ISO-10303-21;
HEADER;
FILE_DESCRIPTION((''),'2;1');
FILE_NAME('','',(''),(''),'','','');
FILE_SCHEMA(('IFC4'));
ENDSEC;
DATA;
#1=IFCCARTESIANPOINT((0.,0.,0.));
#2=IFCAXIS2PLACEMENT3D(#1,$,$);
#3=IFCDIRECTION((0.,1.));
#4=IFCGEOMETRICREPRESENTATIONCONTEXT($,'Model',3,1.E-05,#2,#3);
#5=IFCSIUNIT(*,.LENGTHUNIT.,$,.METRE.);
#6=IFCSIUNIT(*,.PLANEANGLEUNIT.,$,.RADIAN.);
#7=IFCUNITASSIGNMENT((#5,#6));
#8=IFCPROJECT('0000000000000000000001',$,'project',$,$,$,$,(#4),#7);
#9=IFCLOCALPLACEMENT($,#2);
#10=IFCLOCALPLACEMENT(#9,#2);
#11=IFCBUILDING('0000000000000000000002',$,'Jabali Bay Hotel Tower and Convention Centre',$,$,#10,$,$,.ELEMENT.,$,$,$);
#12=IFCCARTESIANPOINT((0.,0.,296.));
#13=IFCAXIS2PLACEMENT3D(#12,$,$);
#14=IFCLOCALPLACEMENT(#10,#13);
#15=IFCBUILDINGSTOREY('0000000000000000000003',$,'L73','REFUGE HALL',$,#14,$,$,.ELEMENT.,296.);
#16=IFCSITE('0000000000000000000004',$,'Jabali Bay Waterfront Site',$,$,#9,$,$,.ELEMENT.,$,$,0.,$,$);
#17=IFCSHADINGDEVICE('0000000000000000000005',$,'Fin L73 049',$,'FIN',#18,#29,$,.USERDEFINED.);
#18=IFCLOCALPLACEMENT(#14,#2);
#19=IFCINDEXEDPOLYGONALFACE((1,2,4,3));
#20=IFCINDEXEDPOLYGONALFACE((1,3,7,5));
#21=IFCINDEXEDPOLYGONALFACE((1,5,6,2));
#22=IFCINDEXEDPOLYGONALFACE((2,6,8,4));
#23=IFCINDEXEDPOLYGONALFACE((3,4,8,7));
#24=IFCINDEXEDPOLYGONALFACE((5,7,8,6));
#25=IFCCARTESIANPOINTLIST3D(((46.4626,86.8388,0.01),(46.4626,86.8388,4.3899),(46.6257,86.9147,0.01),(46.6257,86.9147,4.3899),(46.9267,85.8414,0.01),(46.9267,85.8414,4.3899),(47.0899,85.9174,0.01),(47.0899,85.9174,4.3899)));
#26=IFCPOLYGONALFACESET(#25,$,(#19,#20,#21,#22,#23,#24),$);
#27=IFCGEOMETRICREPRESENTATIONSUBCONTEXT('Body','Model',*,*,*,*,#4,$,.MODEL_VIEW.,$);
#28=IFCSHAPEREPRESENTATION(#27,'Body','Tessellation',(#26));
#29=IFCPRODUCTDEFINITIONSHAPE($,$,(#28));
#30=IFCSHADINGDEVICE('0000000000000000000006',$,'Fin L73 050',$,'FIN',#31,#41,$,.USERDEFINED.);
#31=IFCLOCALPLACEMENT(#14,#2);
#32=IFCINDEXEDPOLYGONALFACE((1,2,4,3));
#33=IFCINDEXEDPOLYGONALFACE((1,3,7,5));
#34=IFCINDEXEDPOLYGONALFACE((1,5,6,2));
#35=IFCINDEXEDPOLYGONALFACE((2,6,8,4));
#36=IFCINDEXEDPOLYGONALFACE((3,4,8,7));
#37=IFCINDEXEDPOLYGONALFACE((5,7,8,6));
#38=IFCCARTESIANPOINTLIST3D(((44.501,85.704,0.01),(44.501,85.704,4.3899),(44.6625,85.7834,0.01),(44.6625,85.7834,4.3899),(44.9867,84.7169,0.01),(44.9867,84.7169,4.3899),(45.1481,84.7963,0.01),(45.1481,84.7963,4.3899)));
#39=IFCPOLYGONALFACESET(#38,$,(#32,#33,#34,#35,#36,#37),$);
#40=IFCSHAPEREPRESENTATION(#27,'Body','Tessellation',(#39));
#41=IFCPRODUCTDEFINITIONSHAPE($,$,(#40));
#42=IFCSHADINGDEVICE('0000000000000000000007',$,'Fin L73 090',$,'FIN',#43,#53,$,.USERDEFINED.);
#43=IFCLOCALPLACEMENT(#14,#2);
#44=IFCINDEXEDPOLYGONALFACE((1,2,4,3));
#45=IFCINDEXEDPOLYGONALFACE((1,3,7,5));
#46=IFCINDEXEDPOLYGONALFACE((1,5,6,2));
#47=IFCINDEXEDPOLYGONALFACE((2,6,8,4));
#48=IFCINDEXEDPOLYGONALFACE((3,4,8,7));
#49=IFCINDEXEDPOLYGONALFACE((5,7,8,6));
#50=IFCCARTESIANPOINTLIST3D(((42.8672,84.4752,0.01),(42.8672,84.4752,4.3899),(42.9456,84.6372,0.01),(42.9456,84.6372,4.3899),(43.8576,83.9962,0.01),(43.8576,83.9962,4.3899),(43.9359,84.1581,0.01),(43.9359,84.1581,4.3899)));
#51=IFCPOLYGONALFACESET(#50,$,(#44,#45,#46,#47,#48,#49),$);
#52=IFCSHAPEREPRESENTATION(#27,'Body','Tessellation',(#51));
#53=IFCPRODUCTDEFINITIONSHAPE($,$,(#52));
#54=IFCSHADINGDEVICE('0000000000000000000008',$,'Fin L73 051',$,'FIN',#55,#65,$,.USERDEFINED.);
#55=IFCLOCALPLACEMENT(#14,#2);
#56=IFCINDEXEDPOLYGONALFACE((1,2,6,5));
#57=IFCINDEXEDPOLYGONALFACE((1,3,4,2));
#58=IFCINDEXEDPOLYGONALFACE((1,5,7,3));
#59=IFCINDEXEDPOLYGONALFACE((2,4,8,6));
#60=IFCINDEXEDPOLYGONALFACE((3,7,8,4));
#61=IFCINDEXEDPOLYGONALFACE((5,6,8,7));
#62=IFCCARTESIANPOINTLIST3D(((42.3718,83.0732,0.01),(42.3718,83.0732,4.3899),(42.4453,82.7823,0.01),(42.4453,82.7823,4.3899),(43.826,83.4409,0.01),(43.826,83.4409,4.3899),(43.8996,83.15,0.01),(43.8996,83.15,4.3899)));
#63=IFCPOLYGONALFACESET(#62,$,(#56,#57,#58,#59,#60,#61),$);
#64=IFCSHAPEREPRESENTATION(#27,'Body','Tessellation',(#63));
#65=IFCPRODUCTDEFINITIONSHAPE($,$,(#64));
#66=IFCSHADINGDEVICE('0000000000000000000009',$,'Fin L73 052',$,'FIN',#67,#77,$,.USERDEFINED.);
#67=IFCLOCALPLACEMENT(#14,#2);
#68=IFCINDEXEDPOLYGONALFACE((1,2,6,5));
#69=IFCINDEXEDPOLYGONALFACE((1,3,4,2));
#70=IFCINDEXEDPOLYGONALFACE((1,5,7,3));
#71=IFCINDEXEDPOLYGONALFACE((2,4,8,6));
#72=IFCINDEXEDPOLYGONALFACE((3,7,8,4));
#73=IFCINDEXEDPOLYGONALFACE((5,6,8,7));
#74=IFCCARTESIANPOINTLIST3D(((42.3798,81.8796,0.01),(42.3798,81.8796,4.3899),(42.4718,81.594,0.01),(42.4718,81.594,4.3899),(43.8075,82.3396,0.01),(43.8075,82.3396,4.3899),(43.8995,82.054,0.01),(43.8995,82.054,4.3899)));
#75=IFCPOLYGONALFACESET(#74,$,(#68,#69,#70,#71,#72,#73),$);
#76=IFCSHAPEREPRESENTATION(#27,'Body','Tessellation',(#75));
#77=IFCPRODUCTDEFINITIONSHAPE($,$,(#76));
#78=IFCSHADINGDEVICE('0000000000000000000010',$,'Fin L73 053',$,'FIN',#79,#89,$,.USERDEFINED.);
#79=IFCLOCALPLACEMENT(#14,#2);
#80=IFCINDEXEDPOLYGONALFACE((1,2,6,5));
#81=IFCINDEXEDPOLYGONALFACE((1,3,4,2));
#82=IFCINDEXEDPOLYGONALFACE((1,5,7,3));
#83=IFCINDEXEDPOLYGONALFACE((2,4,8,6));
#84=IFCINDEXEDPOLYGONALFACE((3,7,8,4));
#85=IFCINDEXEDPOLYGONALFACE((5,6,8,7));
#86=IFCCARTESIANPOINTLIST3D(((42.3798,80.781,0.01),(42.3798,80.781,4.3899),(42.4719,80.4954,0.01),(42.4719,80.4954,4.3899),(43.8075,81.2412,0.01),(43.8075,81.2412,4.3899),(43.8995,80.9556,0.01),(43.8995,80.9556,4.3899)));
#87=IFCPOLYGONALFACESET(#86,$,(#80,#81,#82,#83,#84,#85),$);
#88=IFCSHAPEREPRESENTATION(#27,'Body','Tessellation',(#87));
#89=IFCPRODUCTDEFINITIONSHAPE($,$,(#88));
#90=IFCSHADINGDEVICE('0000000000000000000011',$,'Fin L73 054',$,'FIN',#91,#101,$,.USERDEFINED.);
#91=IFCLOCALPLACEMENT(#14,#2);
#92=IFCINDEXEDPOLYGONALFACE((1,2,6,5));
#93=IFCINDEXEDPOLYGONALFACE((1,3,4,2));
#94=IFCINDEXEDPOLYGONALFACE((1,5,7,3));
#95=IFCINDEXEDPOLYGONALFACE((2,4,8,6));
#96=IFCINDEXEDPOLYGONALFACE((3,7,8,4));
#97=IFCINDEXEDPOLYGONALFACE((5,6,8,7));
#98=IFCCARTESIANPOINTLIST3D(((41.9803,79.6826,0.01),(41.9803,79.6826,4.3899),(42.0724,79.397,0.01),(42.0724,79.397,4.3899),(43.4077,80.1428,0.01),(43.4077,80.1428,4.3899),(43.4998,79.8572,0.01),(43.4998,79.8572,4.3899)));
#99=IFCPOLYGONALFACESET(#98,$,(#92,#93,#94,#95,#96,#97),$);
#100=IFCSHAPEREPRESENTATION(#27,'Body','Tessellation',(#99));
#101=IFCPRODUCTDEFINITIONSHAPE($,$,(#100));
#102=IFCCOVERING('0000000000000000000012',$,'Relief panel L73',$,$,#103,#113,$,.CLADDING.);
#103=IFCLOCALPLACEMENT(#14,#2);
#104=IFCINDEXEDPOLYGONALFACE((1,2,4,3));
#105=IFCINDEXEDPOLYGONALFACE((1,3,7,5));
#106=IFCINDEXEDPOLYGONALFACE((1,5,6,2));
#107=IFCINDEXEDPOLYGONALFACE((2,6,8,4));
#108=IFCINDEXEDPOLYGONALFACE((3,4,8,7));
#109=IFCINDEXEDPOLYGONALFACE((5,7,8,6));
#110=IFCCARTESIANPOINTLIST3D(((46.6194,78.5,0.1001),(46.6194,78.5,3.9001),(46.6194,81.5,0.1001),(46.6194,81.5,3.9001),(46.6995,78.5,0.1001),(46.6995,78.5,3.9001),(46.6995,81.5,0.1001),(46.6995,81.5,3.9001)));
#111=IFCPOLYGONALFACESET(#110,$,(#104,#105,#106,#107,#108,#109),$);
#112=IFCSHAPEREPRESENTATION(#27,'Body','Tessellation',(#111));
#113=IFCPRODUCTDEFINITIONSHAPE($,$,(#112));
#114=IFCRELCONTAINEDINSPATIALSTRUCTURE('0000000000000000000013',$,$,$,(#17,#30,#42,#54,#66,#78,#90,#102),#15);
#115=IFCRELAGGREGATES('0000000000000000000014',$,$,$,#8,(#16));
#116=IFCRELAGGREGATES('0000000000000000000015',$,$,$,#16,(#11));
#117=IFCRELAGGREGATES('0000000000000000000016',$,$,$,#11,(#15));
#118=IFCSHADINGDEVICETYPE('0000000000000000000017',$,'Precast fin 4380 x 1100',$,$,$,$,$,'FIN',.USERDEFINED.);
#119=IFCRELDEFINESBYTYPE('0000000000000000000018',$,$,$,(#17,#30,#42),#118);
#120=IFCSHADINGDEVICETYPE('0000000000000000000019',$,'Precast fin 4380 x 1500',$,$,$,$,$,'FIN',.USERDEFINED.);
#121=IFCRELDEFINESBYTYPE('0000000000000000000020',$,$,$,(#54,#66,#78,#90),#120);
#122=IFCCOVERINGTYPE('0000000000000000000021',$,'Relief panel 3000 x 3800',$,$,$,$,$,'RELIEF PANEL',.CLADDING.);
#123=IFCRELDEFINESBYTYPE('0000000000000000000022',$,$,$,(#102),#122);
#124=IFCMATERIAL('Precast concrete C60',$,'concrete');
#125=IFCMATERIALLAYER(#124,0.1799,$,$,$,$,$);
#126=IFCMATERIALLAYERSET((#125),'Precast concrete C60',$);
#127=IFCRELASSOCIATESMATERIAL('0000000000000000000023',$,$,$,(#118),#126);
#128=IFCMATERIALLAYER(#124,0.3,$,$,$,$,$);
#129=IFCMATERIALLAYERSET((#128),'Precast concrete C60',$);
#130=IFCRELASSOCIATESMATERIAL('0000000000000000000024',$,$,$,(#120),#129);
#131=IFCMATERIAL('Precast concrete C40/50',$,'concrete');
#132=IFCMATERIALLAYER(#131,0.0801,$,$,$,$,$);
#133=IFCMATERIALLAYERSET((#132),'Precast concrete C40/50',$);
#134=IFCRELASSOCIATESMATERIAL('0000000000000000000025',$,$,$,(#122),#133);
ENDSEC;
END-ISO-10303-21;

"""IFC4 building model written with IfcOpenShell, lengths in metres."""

from ifc_helpers import new_model, si_unit, direction, frame, frame_2d, origin, origin_2d, place, context, subcontext, project, spatial, rectangle, extrude, material, layer, layer_set, type_object, element, save


model = new_model("IFC4")

# Units and contexts
model_context = context("Model", 3, precision=1e-05, world=origin(), true_north=direction((0.0, 1.0)))
body_context = subcontext(model_context, "Body", "Model", "MODEL_VIEW")
ifc_project = project(units=[si_unit("LENGTHUNIT", "METRE"), si_unit("PLANEANGLEUNIT", "RADIAN")], contexts=[model_context])

# Site, building, storey
site_placement = place(None, origin())
site = spatial("IfcSite", under=ifc_project, at=site_placement, Name="Jabali Bay Waterfront Site", CompositionType="ELEMENT", RefElevation=0.0)
building_placement = place(site_placement, origin())
building = spatial("IfcBuilding", under=site, at=building_placement, Name="Jabali Bay Hotel Tower and Convention Centre", CompositionType="ELEMENT")
storey_placement = place(building_placement, frame((0.0, 0.0, 296.0)))
storey = spatial("IfcBuildingStorey", under=building, at=storey_placement, Name="L73", Description="REFUGE HALL", CompositionType="ELEMENT", Elevation=296.0)

# Shading devices
ifc_material_1 = material(Name="Precast concrete C60", Category="concrete")
ifc_layer_1 = layer(ifc_material_1, 0.1799)
ifc_layer_set_1 = layer_set([ifc_layer_1], Name="Precast concrete C60")
shading_device_type_1 = type_object("IfcShadingDeviceType", Name="Precast fin 4380 x 1100", ElementType="FIN", PredefinedType="USERDEFINED", material=ifc_layer_set_1)
for number, where, z_axis, x_axis, name in (
    (1, (47.0083, 85.8794, 0.01), (0.0, 0.0, 1.0), (-0.421913, 0.906636, 0.0), "Fin L73 049"),
    (2, (45.0674, 84.7566, 0.01), (0.0, 0.0, 1.0), (-0.441434, 0.897294, 0.0), "Fin L73 050"),
    (3, (43.8967, 84.0771, 0.01), (0.0, 0.0, 1.0), (-0.90021, 0.435457, 0.0), "Fin L73 090"),
):
    element("IfcShadingDevice", number, at=place(storey_placement, frame(where, z_axis=z_axis, x_axis=x_axis)), inside=storey, type_object=shading_device_type_1, Name=name, ObjectType="FIN", PredefinedType="USERDEFINED", context=body_context, shape_type="SweptSolid", body=[
        extrude(rectangle(XDim=1.1001, YDim=0.1799, at=frame_2d((0.55, 0.0))), origin(), (0.0, 0.0, 1.0), 4.3799),
    ])
ifc_layer_2 = layer(ifc_material_1, 0.3)
ifc_layer_set_2 = layer_set([ifc_layer_2], Name="Precast concrete C60")
shading_device_type_2 = type_object("IfcShadingDeviceType", Name="Precast fin 4380 x 1500", ElementType="FIN", PredefinedType="USERDEFINED", material=ifc_layer_set_2)
for number, where, z_axis, x_axis, name in (
    (4, (43.8628, 83.2954, 0.01), (0.0, 0.0, 1.0), (-0.969498, -0.2451, 0.0), "Fin L73 051"),
    (5, (43.8535, 82.1968, 0.01), (0.0, 0.0, 1.0), (-0.951825, -0.306641, 0.0), "Fin L73 052"),
    (6, (43.8535, 81.0984, 0.01), (0.0, 0.0, 1.0), (-0.951778, -0.306789, 0.0), "Fin L73 053"),
):
    element("IfcShadingDevice", number, at=place(storey_placement, frame(where, z_axis=z_axis, x_axis=x_axis)), inside=storey, type_object=shading_device_type_2, Name=name, ObjectType="FIN", PredefinedType="USERDEFINED", context=body_context, shape_type="SweptSolid", body=[
        extrude(rectangle(XDim=1.5, YDim=0.3, at=frame_2d((0.75, 0.0))), origin(), (0.0, 0.0, 1.0), 4.3799),
    ])
shading_device_placement = place(storey_placement, frame((43.4539, 80.0, 0.01), z_axis=(0.0, 0.0, 1.0), x_axis=(-0.951762, -0.306836, 0.0)))
element("IfcShadingDevice", 7, at=shading_device_placement, inside=storey, type_object=shading_device_type_2, Name="Fin L73 054", ObjectType="FIN", PredefinedType="USERDEFINED", context=body_context, shape_type="SweptSolid", body=[
    extrude(rectangle(XDim=1.4998, YDim=0.3, at=frame_2d((0.75, 0.0))), origin(), (0.0, 0.0, 1.0), 4.3799),
])

# Covering
ifc_material_2 = material(Name="Precast concrete C40/50", Category="concrete")
ifc_layer_3 = layer(ifc_material_2, 0.0801)
ifc_layer_set_3 = layer_set([ifc_layer_3], Name="Precast concrete C40/50")
covering_type = type_object("IfcCoveringType", Name="Relief panel 3000 x 3800", ElementType="RELIEF PANEL", PredefinedType="CLADDING", material=ifc_layer_set_3)
covering_placement = place(storey_placement, frame((46.6594, 80.0, 0.1001), z_axis=(0.0, 0.0, 1.0), x_axis=(0.0, 1.0, 0.0)))
element("IfcCovering", 8, at=covering_placement, inside=storey, type_object=covering_type, Name="Relief panel L73", PredefinedType="CLADDING", context=body_context, shape_type="SweptSolid", body=[
    extrude(rectangle(XDim=3.0, YDim=0.0801, at=origin_2d()), origin(), (0.0, 0.0, 1.0), 3.8),
])

save(model, "model.ifc")
